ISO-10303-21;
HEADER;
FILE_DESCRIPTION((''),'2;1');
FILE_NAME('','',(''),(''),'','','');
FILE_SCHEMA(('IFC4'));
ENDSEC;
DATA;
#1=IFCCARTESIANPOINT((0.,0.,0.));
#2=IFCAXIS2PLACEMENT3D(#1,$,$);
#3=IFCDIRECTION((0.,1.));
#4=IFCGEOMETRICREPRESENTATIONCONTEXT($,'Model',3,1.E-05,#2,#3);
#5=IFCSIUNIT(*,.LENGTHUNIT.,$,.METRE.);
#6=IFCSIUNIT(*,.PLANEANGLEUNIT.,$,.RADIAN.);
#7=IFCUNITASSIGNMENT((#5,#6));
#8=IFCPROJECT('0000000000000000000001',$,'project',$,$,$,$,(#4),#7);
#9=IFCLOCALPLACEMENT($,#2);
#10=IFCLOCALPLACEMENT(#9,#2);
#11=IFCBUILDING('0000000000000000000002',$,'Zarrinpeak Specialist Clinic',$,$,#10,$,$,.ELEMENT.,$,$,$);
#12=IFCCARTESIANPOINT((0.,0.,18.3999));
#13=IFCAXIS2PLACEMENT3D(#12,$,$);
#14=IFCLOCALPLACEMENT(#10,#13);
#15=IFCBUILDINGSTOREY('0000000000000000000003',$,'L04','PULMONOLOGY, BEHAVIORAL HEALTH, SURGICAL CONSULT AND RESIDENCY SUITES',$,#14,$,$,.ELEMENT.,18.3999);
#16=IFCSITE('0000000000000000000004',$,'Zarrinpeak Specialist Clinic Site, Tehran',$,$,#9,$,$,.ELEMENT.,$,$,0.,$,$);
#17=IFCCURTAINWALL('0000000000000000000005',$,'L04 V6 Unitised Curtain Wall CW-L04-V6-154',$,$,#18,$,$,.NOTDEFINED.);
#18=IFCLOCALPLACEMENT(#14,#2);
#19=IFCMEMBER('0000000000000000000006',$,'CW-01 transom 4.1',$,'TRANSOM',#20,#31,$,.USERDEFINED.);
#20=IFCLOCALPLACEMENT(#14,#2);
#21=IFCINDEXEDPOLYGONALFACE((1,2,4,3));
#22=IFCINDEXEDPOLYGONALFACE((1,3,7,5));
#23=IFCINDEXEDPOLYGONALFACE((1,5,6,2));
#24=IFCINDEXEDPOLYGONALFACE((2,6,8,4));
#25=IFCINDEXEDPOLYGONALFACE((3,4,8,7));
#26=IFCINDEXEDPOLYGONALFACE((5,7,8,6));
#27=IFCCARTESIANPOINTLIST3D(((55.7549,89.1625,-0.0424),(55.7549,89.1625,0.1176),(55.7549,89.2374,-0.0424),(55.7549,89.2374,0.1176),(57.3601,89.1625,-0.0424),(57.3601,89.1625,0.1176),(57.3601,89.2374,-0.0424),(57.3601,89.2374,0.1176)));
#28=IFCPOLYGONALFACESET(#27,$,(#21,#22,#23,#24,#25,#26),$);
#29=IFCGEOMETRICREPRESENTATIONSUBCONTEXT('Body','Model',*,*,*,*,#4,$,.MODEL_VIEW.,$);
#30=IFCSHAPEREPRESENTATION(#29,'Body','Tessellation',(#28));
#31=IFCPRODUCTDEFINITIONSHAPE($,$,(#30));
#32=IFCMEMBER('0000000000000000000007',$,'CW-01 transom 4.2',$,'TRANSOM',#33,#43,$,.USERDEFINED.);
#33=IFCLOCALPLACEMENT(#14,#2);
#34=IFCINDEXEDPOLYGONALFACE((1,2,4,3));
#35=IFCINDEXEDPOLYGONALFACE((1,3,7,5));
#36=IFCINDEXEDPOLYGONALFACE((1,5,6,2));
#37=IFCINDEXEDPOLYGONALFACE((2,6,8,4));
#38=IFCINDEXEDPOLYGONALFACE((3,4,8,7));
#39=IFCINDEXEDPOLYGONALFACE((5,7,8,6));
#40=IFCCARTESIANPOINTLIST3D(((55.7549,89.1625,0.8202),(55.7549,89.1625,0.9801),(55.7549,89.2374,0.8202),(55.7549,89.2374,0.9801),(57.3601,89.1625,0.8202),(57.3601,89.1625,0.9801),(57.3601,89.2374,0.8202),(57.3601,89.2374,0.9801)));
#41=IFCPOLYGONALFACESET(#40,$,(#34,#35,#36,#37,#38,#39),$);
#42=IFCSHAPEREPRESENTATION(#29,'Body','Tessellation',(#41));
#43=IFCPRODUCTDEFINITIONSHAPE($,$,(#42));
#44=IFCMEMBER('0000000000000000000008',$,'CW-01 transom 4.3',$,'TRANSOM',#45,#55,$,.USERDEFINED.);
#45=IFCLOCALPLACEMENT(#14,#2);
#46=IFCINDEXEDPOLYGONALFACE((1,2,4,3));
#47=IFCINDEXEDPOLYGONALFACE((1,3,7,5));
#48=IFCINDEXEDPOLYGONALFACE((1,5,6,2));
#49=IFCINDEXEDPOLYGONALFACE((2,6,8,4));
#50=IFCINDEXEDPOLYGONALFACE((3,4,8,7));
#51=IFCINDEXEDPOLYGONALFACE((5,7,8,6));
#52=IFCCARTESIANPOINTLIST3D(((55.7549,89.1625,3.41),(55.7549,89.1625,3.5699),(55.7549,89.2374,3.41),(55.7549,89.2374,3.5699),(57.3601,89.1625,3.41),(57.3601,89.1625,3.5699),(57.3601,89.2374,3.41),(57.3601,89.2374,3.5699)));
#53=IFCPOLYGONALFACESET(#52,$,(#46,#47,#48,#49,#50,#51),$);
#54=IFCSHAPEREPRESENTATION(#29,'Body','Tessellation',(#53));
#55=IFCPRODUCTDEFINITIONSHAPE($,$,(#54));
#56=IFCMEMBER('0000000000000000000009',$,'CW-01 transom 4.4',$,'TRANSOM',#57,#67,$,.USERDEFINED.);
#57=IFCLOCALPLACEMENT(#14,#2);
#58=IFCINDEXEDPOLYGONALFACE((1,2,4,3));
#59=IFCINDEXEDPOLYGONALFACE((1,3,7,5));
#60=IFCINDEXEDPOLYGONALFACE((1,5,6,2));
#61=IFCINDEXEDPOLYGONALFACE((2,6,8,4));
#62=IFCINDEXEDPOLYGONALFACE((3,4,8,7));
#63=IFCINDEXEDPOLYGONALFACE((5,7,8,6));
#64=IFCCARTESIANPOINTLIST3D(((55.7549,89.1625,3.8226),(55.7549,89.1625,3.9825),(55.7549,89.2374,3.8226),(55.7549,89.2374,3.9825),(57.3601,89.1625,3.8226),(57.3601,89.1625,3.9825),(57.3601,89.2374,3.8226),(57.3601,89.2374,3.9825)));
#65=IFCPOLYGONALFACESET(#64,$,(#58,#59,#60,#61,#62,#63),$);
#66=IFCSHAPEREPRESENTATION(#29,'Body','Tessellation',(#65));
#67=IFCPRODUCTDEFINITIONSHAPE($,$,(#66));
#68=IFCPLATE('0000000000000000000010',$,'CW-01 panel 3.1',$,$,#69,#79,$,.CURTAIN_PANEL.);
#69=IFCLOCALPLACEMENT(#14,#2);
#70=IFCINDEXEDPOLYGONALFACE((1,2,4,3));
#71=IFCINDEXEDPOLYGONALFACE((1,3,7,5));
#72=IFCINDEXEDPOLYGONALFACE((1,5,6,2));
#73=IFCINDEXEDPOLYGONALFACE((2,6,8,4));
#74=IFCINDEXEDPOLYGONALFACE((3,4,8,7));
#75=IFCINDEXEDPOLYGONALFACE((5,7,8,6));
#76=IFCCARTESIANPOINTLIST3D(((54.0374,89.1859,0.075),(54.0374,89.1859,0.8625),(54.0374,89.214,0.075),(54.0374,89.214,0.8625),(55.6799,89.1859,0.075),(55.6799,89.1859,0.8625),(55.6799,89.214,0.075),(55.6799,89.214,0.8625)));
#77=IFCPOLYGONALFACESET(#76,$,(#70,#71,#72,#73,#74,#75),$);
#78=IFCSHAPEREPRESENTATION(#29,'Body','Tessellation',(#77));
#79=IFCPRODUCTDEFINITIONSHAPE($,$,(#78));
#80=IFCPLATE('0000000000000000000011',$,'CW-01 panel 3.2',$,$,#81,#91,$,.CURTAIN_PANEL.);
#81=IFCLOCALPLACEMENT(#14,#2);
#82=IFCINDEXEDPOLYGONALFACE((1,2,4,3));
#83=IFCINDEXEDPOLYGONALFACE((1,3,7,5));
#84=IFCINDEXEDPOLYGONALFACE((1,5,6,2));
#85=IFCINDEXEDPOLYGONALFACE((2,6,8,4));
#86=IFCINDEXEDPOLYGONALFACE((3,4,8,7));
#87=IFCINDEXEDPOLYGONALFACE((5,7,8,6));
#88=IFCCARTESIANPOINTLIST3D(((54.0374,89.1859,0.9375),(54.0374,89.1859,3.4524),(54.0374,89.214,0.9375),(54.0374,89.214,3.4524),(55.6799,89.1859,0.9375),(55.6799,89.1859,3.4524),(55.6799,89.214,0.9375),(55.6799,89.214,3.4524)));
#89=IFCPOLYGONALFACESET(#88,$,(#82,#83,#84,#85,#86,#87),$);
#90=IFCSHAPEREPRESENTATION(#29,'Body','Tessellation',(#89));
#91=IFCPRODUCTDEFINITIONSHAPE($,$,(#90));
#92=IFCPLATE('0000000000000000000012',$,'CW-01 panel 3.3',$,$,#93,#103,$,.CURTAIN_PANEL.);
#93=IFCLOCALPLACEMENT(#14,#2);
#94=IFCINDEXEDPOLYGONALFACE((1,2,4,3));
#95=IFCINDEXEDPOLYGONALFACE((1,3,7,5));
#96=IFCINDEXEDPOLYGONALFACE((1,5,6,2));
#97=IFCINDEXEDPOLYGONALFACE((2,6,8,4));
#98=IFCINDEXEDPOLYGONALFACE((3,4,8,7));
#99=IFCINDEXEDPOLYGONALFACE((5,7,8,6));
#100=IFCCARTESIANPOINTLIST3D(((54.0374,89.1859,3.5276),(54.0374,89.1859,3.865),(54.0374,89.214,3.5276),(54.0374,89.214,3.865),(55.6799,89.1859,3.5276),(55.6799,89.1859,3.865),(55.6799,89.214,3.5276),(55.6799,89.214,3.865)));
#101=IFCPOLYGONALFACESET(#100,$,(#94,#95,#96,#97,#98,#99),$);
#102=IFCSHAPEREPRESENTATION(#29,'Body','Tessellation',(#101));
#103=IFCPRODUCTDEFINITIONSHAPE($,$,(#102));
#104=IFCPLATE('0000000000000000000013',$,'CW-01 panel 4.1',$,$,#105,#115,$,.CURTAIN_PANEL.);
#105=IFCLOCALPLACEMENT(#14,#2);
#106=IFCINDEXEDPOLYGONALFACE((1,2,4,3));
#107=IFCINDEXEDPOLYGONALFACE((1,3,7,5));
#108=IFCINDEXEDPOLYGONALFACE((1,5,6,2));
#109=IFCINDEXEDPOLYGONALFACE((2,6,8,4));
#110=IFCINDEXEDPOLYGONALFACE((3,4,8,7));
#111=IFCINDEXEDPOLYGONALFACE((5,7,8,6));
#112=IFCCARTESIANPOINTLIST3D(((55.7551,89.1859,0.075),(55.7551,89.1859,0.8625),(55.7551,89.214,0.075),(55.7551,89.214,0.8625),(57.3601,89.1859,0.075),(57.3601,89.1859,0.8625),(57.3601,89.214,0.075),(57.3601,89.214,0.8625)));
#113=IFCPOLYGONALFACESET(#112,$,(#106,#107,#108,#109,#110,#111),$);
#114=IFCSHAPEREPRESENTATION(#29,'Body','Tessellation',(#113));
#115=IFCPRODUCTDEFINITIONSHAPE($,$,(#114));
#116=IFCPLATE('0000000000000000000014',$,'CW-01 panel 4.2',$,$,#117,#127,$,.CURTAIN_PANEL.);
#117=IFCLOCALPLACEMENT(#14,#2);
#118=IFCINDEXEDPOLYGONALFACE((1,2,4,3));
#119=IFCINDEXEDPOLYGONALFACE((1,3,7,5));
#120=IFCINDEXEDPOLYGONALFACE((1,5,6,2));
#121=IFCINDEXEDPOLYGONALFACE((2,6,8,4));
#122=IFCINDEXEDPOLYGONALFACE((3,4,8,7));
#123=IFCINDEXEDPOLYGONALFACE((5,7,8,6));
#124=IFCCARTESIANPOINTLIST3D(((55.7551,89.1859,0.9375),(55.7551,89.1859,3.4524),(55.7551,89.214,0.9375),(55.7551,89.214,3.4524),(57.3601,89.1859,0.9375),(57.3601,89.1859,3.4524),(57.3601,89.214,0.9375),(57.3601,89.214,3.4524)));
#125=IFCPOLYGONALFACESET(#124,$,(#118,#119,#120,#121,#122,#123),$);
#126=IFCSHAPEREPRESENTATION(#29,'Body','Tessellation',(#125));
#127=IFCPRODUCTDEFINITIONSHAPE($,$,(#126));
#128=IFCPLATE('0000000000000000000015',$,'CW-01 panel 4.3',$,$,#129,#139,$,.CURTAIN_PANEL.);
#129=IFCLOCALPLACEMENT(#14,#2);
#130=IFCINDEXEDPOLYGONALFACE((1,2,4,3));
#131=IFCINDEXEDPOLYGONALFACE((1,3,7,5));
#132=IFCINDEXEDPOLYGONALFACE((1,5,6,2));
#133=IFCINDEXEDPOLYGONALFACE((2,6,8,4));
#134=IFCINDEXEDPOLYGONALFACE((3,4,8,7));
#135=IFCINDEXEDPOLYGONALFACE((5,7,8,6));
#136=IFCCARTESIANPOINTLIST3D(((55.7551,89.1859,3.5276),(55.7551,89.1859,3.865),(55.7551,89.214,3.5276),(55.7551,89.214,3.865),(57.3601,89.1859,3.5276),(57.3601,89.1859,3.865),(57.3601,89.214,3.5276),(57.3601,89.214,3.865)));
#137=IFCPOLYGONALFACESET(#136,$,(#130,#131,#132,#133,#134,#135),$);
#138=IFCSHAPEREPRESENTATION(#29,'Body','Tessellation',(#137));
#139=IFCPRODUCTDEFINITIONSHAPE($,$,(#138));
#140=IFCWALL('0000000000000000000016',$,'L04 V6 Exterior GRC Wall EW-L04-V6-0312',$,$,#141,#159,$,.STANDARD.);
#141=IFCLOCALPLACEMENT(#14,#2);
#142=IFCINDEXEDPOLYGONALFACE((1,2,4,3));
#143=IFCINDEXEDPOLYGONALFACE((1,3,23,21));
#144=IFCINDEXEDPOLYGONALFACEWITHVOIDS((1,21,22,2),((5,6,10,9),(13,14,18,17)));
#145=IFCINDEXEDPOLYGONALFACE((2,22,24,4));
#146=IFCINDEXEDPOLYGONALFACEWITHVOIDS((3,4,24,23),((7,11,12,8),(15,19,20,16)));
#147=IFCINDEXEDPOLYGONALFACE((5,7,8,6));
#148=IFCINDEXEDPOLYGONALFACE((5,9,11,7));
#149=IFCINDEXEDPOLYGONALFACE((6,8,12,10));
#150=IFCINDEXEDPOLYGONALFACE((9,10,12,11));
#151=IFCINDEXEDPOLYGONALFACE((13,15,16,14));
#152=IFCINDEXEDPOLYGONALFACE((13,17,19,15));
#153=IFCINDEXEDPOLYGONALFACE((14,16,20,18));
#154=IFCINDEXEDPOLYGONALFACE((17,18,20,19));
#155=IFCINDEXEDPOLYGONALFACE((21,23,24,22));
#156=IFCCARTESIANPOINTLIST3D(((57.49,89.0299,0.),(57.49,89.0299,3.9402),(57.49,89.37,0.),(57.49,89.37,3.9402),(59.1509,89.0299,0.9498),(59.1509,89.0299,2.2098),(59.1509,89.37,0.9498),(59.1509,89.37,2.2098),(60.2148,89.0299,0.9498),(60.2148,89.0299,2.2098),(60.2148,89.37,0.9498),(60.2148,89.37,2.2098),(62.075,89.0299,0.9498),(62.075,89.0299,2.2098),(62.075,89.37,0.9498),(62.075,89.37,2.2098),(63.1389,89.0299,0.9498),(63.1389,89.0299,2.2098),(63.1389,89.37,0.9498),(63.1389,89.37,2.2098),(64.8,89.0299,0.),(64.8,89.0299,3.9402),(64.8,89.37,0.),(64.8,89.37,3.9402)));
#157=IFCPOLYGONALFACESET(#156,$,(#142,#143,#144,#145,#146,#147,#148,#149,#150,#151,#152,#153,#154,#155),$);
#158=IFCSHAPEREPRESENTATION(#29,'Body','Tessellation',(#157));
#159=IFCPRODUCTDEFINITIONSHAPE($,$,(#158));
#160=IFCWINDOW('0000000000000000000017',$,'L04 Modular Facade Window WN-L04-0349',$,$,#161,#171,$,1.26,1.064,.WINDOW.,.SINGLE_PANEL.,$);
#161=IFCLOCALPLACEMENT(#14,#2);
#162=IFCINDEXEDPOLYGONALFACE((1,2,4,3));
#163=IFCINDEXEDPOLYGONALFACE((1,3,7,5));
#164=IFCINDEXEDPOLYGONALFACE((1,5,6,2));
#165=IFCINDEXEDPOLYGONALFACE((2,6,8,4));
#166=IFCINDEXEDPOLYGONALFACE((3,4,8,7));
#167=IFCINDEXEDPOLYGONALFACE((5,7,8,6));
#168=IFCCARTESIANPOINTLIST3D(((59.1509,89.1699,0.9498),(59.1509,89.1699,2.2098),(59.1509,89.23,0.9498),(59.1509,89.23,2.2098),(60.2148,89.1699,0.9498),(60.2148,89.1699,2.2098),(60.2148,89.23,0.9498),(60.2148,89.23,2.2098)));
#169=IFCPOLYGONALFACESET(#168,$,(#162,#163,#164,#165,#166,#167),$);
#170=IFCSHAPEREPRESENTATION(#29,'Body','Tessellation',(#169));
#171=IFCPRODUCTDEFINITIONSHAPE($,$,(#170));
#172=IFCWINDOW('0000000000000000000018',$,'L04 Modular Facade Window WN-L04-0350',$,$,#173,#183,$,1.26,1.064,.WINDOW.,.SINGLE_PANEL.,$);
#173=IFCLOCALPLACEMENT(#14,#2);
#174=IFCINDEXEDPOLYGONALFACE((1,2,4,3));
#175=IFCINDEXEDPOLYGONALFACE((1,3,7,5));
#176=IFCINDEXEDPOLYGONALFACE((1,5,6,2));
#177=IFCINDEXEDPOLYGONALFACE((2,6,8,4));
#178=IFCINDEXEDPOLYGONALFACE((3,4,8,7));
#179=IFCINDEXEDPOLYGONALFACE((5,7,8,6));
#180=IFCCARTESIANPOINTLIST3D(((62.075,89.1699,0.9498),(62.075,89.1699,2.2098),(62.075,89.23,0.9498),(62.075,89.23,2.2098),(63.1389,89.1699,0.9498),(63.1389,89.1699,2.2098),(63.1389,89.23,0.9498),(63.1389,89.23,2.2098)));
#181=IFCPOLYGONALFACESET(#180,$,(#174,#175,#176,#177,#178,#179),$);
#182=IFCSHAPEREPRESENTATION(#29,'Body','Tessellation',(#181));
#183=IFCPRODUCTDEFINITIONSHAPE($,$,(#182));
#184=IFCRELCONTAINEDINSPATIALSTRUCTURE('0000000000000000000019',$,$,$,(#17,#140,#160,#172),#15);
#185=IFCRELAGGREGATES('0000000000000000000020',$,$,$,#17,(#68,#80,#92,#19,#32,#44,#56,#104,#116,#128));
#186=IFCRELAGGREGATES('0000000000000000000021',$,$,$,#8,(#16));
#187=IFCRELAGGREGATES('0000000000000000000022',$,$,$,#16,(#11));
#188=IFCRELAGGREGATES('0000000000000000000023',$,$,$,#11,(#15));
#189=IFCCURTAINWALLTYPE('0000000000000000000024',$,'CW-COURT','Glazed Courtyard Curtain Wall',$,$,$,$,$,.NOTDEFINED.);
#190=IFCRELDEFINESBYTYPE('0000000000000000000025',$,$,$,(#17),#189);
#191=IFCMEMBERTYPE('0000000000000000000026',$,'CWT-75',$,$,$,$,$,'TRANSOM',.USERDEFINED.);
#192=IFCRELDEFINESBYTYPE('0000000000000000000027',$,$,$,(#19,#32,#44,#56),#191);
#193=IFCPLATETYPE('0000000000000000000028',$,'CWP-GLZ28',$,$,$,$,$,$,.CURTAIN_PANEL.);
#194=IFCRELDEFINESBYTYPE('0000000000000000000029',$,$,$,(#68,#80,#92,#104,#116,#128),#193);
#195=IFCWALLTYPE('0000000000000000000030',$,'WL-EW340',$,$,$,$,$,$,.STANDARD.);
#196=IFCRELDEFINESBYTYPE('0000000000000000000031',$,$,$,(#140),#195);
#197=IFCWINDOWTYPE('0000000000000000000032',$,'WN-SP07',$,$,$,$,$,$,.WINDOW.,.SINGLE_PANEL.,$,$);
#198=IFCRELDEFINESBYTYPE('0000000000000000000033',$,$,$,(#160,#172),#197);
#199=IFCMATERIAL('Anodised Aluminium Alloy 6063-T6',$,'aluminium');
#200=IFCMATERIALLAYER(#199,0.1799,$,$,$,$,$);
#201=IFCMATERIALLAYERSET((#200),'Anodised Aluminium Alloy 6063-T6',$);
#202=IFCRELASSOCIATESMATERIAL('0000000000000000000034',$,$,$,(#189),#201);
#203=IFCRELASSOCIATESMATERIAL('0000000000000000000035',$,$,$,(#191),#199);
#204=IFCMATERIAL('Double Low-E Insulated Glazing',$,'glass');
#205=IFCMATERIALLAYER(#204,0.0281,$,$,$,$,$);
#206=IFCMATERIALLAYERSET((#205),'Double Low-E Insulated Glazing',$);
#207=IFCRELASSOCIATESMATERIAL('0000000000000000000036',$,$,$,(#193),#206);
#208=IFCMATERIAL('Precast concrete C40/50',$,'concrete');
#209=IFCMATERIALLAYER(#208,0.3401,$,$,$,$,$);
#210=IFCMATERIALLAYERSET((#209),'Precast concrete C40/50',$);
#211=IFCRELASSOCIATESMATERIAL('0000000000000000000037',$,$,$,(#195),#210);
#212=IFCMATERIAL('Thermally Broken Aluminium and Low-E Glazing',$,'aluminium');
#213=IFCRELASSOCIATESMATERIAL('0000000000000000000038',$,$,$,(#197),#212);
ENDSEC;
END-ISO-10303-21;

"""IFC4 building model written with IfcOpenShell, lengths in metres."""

from ifc_helpers import new_model, si_unit, direction, frame, frame_2d, origin, origin_2d, place, context, subcontext, project, spatial, rectangle, extrude, material, layer, layer_set, material_profile, profile_set, type_object, element, fill, aggregate, save


model = new_model("IFC4")

# Units and contexts
model_context = context("Model", 3, precision=1e-05, world=origin(), true_north=direction((0.0, 1.0)))
body_context = subcontext(model_context, "Body", "Model", "MODEL_VIEW")
ifc_project = project(units=[si_unit("LENGTHUNIT", "METRE"), si_unit("PLANEANGLEUNIT", "RADIAN")], contexts=[model_context])

# Site, building, storey
site_placement = place(None, origin())
site = spatial("IfcSite", under=ifc_project, at=site_placement, Name="Zarrinpeak Specialist Clinic Site, Tehran", CompositionType="ELEMENT", RefElevation=0.0)
building_placement = place(site_placement, origin())
building = spatial("IfcBuilding", under=site, at=building_placement, Name="Zarrinpeak Specialist Clinic", CompositionType="ELEMENT")
storey_placement = place(building_placement, frame((0.0, 0.0, 18.3999)))
storey = spatial("IfcBuildingStorey", under=building, at=storey_placement, Name="L04", Description="PULMONOLOGY, BEHAVIORAL HEALTH, SURGICAL CONSULT AND RESIDENCY SUITES", CompositionType="ELEMENT", Elevation=18.3999)

# Curtain wall, members, plates
ifc_material_1 = material(Name="Anodised Aluminium Alloy 6063-T6", Category="aluminium")
ifc_layer_1 = layer(ifc_material_1, 0.1799)
ifc_layer_set_1 = layer_set([ifc_layer_1], Name="Anodised Aluminium Alloy 6063-T6")
curtain_wall_type = type_object("IfcCurtainWallType", Name="CW-COURT", Description="Glazed Courtyard Curtain Wall", PredefinedType="NOTDEFINED", material=ifc_layer_set_1)
curtain_wall_placement = place(storey_placement, origin())
curtain_wall = element("IfcCurtainWall", 1, at=curtain_wall_placement, inside=storey, type_object=curtain_wall_type, Name="L04 V6 Unitised Curtain Wall CW-L04-V6-154", PredefinedType="NOTDEFINED")
ifc_material_profile_1 = material_profile(ifc_material_1, rectangle(XDim=0.075, YDim=0.1599, at=origin_2d()), Name="ALU 75x160")
ifc_profile_set_1 = profile_set([ifc_material_profile_1], Name="Anodised Aluminium Alloy 6063-T6")
member_type_1 = type_object("IfcMemberType", Name="CWT-75", ElementType="TRANSOM", PredefinedType="USERDEFINED", material=ifc_profile_set_1)
member_1_placement = place(storey_placement, frame((55.7549, 89.2, 0.0376), z_axis=(1.0, 0.0, 0.0), x_axis=(0.0, 1.0, 0.0)))
member_1 = element("IfcMember", 2, at=member_1_placement, type_object=member_type_1, Name="CW-01 transom 4.1", ObjectType="TRANSOM", PredefinedType="USERDEFINED", context=body_context, shape_type="SweptSolid", body=[
    extrude(rectangle(XDim=0.075, YDim=0.1599, at=origin_2d()), origin(), (0.0, 0.0, 1.0), 1.6052),
])
member_2_placement = place(storey_placement, frame((55.7549, 89.2, 0.9001), z_axis=(1.0, 0.0, 0.0), x_axis=(0.0, 1.0, 0.0)))
member_2 = element("IfcMember", 3, at=member_2_placement, type_object=member_type_1, Name="CW-01 transom 4.2", ObjectType="TRANSOM", PredefinedType="USERDEFINED", context=body_context, shape_type="SweptSolid", body=[
    extrude(rectangle(XDim=0.075, YDim=0.1599, at=origin_2d()), origin(), (0.0, 0.0, 1.0), 1.6052),
])
member_3_placement = place(storey_placement, frame((55.7549, 89.2, 3.49), z_axis=(1.0, 0.0, 0.0), x_axis=(0.0, 1.0, 0.0)))
member_3 = element("IfcMember", 4, at=member_3_placement, type_object=member_type_1, Name="CW-01 transom 4.3", ObjectType="TRANSOM", PredefinedType="USERDEFINED", context=body_context, shape_type="SweptSolid", body=[
    extrude(rectangle(XDim=0.075, YDim=0.1599, at=origin_2d()), origin(), (0.0, 0.0, 1.0), 1.6052),
])
member_4_placement = place(storey_placement, frame((55.7549, 89.2, 3.9026), z_axis=(1.0, 0.0, 0.0), x_axis=(0.0, 1.0, 0.0)))
member_4 = element("IfcMember", 5, at=member_4_placement, type_object=member_type_1, Name="CW-01 transom 4.4", ObjectType="TRANSOM", PredefinedType="USERDEFINED", context=body_context, shape_type="SweptSolid", body=[
    extrude(rectangle(XDim=0.075, YDim=0.1599, at=origin_2d()), origin(), (0.0, 0.0, 1.0), 1.6052),
])
ifc_material_2 = material(Name="Double Low-E Insulated Glazing", Category="glass")
ifc_layer_2 = layer(ifc_material_2, 0.0281)
ifc_layer_set_2 = layer_set([ifc_layer_2], Name="Double Low-E Insulated Glazing")
plate_type = type_object("IfcPlateType", Name="CWP-GLZ28", PredefinedType="CURTAIN_PANEL", material=ifc_layer_set_2)
plate_1_placement = place(storey_placement, frame((54.8586, 89.2, 0.075), z_axis=(0.0, 0.0, 1.0), x_axis=(1.0, 0.0, 0.0)))
plate_1 = element("IfcPlate", 6, at=plate_1_placement, type_object=plate_type, Name="CW-01 panel 3.1", PredefinedType="CURTAIN_PANEL", context=body_context, shape_type="SweptSolid", body=[
    extrude(rectangle(XDim=1.6426, YDim=0.0281, at=origin_2d()), origin(), (0.0, 0.0, 1.0), 0.7876),
])
plate_2_placement = place(storey_placement, frame((54.8586, 89.2, 0.9375), z_axis=(0.0, 0.0, 1.0), x_axis=(1.0, 0.0, 0.0)))
plate_2 = element("IfcPlate", 7, at=plate_2_placement, type_object=plate_type, Name="CW-01 panel 3.2", PredefinedType="CURTAIN_PANEL", context=body_context, shape_type="SweptSolid", body=[
    extrude(rectangle(XDim=1.6426, YDim=0.0281, at=origin_2d()), origin(), (0.0, 0.0, 1.0), 2.5149),
])
plate_3_placement = place(storey_placement, frame((54.8586, 89.2, 3.5276), z_axis=(0.0, 0.0, 1.0), x_axis=(1.0, 0.0, 0.0)))
plate_3 = element("IfcPlate", 8, at=plate_3_placement, type_object=plate_type, Name="CW-01 panel 3.3", PredefinedType="CURTAIN_PANEL", context=body_context, shape_type="SweptSolid", body=[
    extrude(rectangle(XDim=1.6426, YDim=0.0281, at=origin_2d()), origin(), (0.0, 0.0, 1.0), 0.3374),
])
plate_4_placement = place(storey_placement, frame((56.5576, 89.2, 0.075), z_axis=(0.0, 0.0, 1.0), x_axis=(1.0, 0.0, 0.0)))
plate_4 = element("IfcPlate", 9, at=plate_4_placement, type_object=plate_type, Name="CW-01 panel 4.1", PredefinedType="CURTAIN_PANEL", context=body_context, shape_type="SweptSolid", body=[
    extrude(rectangle(XDim=1.605, YDim=0.0281, at=origin_2d()), origin(), (0.0, 0.0, 1.0), 0.7876),
])
plate_5_placement = place(storey_placement, frame((56.5576, 89.2, 0.9375), z_axis=(0.0, 0.0, 1.0), x_axis=(1.0, 0.0, 0.0)))
plate_5 = element("IfcPlate", 10, at=plate_5_placement, type_object=plate_type, Name="CW-01 panel 4.2", PredefinedType="CURTAIN_PANEL", context=body_context, shape_type="SweptSolid", body=[
    extrude(rectangle(XDim=1.605, YDim=0.0281, at=origin_2d()), origin(), (0.0, 0.0, 1.0), 2.5149),
])
plate_6_placement = place(storey_placement, frame((56.5576, 89.2, 3.5276), z_axis=(0.0, 0.0, 1.0), x_axis=(1.0, 0.0, 0.0)))
plate_6 = element("IfcPlate", 11, at=plate_6_placement, type_object=plate_type, Name="CW-01 panel 4.3", PredefinedType="CURTAIN_PANEL", context=body_context, shape_type="SweptSolid", body=[
    extrude(rectangle(XDim=1.605, YDim=0.0281, at=origin_2d()), origin(), (0.0, 0.0, 1.0), 0.3374),
])
aggregate(curtain_wall, [plate_1, plate_2, plate_3, member_1, member_2, member_3, member_4, plate_4, plate_5, plate_6])

# Wall, openings, windows
ifc_material_3 = material(Name="Precast concrete C40/50", Category="concrete")
ifc_layer_3 = layer(ifc_material_3, 0.3401)
ifc_layer_set_3 = layer_set([ifc_layer_3], Name="Precast concrete C40/50")
wall_type_1 = type_object("IfcWallType", Name="WL-EW340", PredefinedType="STANDARD", material=ifc_layer_set_3)
wall_1_placement = place(storey_placement, frame((57.49, 89.2, 0.0), z_axis=(0.0, 0.0, 1.0), x_axis=(1.0, 0.0, 0.0)))
wall_1 = element("IfcWall", 12, at=wall_1_placement, inside=storey, type_object=wall_type_1, Name="L04 V6 Exterior GRC Wall EW-L04-V6-0312", PredefinedType="STANDARD", context=body_context, shape_type="SweptSolid", body=[
    extrude(rectangle(XDim=7.3101, YDim=0.3401, at=frame_2d((3.655, 0.0))), origin(), (0.0, 0.0, 1.0), 3.9402),
])
opening_1_placement = place(wall_1_placement, frame((1.6609, 0.0, 0.95)))
opening_1 = element("IfcOpeningElement", 13, at=opening_1_placement, cuts=wall_1, PredefinedType="OPENING", context=body_context, shape_type="SweptSolid", body=[
    extrude(rectangle(XDim=1.064, YDim=1.26, at=frame_2d((0.532, 0.6299))), frame((0.0, 0.1802, 0.0), z_axis=(0.0, -1.0, 0.0), x_axis=(1.0, 0.0, 0.0)), (0.0, 0.0, 1.0), 0.3601),
])
opening_2_placement = place(wall_1_placement, frame((4.585, 0.0, 0.95)))
opening_2 = element("IfcOpeningElement", 14, at=opening_2_placement, cuts=wall_1, PredefinedType="OPENING", context=body_context, shape_type="SweptSolid", body=[
    extrude(rectangle(XDim=1.064, YDim=1.26, at=frame_2d((0.532, 0.6299))), frame((0.0, 0.1802, 0.0), z_axis=(0.0, -1.0, 0.0), x_axis=(1.0, 0.0, 0.0)), (0.0, 0.0, 1.0), 0.3601),
])
ifc_material_4 = material(Name="Thermally Broken Aluminium and Low-E Glazing", Category="aluminium")
window_type = type_object("IfcWindowType", Name="WN-SP07", PartitioningType="SINGLE_PANEL", PredefinedType="WINDOW", material=ifc_material_4)
window_1_placement = place(opening_1_placement, origin())
window_1 = element("IfcWindow", 15, at=window_1_placement, inside=storey, type_object=window_type, Name="L04 Modular Facade Window WN-L04-0349", OverallHeight=1.26, OverallWidth=1.064, PartitioningType="SINGLE_PANEL", PredefinedType="WINDOW", context=body_context, shape_type="SweptSolid", body=[
    extrude(rectangle(XDim=1.064, YDim=1.26, at=frame_2d((0.532, 0.6299))), frame((0.0, 0.03, 0.0), z_axis=(0.0, -1.0, 0.0), x_axis=(1.0, 0.0, 0.0)), (0.0, 0.0, 1.0), 0.0601),
])
fill(opening_1, window_1)
window_2_placement = place(opening_2_placement, origin())
window_2 = element("IfcWindow", 16, at=window_2_placement, inside=storey, type_object=window_type, Name="L04 Modular Facade Window WN-L04-0350", OverallHeight=1.26, OverallWidth=1.064, PartitioningType="SINGLE_PANEL", PredefinedType="WINDOW", context=body_context, shape_type="SweptSolid", body=[
    extrude(rectangle(XDim=1.064, YDim=1.26, at=frame_2d((0.532, 0.6299))), frame((0.0, 0.03, 0.0), z_axis=(0.0, -1.0, 0.0), x_axis=(1.0, 0.0, 0.0)), (0.0, 0.0, 1.0), 0.0601),
])
fill(opening_2, window_2)

save(model, "model.ifc")
